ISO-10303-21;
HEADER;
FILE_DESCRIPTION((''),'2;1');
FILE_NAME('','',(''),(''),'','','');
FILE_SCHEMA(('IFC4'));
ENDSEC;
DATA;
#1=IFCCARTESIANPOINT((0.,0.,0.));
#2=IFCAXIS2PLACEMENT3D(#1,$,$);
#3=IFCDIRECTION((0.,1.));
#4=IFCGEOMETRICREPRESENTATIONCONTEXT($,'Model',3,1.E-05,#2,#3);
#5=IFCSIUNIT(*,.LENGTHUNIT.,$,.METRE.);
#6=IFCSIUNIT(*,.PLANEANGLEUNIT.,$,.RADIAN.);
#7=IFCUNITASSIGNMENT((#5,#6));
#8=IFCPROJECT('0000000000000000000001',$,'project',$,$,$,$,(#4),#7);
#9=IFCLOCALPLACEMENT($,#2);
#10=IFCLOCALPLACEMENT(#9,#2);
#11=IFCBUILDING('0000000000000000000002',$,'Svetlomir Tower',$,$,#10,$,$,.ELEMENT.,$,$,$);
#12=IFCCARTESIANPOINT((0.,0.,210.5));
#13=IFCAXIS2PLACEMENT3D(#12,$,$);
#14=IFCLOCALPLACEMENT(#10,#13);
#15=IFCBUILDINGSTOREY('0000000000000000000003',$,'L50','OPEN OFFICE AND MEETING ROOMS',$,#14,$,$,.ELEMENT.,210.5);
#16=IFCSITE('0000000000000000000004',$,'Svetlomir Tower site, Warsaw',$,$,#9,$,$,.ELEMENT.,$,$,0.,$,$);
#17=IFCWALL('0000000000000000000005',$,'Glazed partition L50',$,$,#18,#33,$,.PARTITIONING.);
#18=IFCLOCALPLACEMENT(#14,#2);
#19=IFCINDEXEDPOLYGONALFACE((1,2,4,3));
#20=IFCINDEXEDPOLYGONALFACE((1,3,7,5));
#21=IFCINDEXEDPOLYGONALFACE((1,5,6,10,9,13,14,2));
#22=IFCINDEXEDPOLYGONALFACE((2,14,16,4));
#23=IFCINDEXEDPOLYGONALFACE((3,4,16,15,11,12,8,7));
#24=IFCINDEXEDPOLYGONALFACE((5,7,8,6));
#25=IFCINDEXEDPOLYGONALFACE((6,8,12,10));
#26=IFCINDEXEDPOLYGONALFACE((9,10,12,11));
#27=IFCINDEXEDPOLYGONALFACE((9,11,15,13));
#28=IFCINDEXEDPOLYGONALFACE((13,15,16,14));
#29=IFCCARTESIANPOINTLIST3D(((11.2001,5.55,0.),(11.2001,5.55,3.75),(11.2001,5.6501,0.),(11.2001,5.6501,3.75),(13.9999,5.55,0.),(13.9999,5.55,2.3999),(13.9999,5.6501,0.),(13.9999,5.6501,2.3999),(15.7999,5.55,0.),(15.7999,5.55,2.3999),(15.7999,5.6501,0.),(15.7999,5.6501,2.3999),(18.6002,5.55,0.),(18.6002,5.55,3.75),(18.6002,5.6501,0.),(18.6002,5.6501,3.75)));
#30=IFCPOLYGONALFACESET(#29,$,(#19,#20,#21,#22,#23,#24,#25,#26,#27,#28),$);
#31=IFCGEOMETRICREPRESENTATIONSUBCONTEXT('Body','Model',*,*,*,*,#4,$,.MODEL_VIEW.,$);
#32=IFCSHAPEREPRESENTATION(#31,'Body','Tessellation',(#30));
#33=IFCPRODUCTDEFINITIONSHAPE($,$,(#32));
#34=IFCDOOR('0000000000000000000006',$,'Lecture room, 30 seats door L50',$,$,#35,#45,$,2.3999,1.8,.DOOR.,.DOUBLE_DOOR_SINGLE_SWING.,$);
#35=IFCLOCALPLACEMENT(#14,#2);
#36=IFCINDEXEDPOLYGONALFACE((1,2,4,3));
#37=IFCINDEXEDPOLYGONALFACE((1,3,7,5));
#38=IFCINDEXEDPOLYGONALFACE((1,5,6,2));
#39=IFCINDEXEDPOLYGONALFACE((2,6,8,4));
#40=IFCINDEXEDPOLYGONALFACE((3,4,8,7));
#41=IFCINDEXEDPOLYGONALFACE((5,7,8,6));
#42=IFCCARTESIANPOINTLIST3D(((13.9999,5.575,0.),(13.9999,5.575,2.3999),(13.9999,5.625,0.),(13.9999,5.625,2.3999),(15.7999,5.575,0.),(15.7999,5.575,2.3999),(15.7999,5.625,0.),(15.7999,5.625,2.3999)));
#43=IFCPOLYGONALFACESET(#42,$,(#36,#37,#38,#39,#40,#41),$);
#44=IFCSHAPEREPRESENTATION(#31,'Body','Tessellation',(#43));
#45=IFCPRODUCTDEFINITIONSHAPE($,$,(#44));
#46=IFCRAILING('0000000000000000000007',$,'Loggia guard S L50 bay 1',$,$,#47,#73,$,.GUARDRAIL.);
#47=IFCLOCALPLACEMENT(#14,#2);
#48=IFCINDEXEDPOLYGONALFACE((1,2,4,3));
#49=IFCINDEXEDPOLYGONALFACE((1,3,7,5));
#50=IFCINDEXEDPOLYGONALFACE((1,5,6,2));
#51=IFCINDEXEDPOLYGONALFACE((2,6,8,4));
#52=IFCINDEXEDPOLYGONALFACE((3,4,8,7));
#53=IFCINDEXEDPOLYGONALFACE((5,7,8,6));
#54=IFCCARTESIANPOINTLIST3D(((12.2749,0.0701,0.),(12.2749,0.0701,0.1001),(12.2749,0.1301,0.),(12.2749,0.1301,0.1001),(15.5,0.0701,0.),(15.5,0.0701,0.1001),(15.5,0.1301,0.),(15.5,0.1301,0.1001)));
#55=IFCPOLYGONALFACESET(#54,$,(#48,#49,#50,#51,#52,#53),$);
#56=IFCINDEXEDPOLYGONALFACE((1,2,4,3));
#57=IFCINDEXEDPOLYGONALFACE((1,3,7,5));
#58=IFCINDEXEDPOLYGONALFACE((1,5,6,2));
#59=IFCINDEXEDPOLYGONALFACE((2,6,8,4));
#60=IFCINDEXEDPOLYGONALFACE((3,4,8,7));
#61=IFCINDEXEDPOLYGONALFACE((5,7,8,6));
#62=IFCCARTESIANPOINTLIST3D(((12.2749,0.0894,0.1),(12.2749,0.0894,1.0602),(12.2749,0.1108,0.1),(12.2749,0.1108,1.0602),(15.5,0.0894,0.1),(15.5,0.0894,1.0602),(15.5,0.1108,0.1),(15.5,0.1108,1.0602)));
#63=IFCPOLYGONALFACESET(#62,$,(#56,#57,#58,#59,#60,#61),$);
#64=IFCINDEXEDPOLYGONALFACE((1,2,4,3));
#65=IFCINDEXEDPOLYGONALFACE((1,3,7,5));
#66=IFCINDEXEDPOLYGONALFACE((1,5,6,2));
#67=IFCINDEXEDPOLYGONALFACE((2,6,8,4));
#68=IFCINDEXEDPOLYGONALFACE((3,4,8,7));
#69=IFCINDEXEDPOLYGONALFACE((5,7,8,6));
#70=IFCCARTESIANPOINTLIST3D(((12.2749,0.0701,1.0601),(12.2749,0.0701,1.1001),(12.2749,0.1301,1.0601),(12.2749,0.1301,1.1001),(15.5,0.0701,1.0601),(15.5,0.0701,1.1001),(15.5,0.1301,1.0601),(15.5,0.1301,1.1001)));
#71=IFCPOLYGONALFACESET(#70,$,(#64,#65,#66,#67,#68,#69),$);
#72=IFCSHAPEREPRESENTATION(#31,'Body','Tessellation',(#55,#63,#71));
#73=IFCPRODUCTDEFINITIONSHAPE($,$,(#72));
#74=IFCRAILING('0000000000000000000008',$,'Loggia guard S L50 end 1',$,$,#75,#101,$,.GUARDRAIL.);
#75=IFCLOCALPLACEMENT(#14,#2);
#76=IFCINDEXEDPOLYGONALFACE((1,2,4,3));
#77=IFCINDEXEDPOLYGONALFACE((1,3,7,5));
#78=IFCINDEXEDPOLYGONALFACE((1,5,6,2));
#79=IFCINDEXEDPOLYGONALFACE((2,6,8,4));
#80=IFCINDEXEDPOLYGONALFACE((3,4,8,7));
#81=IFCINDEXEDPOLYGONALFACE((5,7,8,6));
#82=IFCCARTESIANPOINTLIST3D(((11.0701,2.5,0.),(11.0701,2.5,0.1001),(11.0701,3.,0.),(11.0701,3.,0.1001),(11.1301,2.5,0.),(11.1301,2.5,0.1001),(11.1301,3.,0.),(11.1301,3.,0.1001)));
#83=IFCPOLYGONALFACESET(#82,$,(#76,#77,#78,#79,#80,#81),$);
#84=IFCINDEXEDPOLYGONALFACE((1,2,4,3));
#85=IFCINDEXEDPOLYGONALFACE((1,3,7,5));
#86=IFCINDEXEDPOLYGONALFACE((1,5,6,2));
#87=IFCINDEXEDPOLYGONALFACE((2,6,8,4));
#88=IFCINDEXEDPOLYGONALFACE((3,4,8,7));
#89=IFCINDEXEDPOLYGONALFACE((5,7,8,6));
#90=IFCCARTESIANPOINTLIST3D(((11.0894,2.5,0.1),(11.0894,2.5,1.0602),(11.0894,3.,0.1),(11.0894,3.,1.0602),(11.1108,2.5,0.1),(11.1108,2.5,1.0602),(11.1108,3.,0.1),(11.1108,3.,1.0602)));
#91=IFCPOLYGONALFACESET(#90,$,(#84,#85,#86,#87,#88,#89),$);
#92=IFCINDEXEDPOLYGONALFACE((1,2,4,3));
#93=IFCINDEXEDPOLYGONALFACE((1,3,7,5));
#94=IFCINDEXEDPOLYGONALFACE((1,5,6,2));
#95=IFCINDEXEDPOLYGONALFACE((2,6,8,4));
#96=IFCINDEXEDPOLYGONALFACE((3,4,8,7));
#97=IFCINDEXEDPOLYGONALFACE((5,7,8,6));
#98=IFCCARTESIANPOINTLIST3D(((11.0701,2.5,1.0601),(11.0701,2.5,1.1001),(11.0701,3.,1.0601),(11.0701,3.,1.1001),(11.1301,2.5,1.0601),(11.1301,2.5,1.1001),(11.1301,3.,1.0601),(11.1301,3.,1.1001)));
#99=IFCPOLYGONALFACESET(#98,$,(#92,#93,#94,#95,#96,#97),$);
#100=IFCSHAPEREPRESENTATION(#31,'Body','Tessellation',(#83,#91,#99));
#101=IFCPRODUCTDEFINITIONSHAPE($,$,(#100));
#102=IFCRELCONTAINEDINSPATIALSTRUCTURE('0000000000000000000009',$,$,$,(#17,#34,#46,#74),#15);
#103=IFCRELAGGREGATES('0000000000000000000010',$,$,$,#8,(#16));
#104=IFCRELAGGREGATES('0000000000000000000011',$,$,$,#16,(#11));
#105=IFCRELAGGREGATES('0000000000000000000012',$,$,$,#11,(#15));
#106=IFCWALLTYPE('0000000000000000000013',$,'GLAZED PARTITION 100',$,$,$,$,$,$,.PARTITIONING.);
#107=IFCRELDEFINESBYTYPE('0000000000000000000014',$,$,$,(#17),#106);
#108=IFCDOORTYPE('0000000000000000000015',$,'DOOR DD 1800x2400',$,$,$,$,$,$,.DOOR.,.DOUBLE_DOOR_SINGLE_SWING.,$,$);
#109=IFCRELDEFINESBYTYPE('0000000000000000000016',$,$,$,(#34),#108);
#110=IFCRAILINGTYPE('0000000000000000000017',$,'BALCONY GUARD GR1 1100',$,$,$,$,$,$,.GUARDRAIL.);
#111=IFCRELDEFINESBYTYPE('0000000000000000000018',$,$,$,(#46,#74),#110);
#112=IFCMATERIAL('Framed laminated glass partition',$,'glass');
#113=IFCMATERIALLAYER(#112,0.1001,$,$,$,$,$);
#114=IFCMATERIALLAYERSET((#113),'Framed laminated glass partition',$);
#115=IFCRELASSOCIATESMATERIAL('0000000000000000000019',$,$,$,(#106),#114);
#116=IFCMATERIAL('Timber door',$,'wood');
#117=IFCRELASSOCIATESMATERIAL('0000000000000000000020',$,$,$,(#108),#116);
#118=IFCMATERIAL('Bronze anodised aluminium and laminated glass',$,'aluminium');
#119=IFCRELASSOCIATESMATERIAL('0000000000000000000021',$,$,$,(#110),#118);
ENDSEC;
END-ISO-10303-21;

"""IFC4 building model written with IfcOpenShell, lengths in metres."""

from ifc_helpers import new_model, si_unit, direction, frame, frame_2d, origin, origin_2d, place, context, subcontext, project, spatial, rectangle, extrude, material, layer, layer_set, type_object, element, fill, save


model = new_model("IFC4")

# Units and contexts
model_context = context("Model", 3, precision=1e-05, world=origin(), true_north=direction((0.0, 1.0)))
body_context = subcontext(model_context, "Body", "Model", "MODEL_VIEW")
ifc_project = project(units=[si_unit("LENGTHUNIT", "METRE"), si_unit("PLANEANGLEUNIT", "RADIAN")], contexts=[model_context])

# Site, building, storey
site_placement = place(None, origin())
site = spatial("IfcSite", under=ifc_project, at=site_placement, Name="Svetlomir Tower site, Warsaw", CompositionType="ELEMENT", RefElevation=0.0)
building_placement = place(site_placement, origin())
building = spatial("IfcBuilding", under=site, at=building_placement, Name="Svetlomir Tower", CompositionType="ELEMENT")
storey_placement = place(building_placement, frame((0.0, 0.0, 210.5)))
storey = spatial("IfcBuildingStorey", under=building, at=storey_placement, Name="L50", Description="OPEN OFFICE AND MEETING ROOMS", CompositionType="ELEMENT", Elevation=210.5)

# Shared definitions
ifc_material_1 = material(Name="Framed laminated glass partition", Category="glass")
ifc_layer_1 = layer(ifc_material_1, 0.1001)
ifc_layer_set_1 = layer_set([ifc_layer_1], Name="Framed laminated glass partition")
wall_type = type_object("IfcWallType", Name="GLAZED PARTITION 100", PredefinedType="PARTITIONING", material=ifc_layer_set_1)

# Wall, opening, door
wall_1_placement = place(storey_placement, frame((11.2, 5.6001, 0.0), z_axis=(0.0, 0.0, 1.0), x_axis=(1.0, 0.0, 0.0)))
wall_1 = element("IfcWall", 1, at=wall_1_placement, inside=storey, type_object=wall_type, Name="Glazed partition L50", PredefinedType="PARTITIONING", context=body_context, shape_type="SweptSolid", body=[
    extrude(rectangle(XDim=7.4001, YDim=0.1001, at=frame_2d((3.7002, 0.0))), origin(), (0.0, 0.0, 1.0), 3.75),
])
opening_placement = place(wall_1_placement, frame((2.8, 0.0, 0.0)))
opening = element("IfcOpeningElement", 2, at=opening_placement, cuts=wall_1, PredefinedType="OPENING", context=body_context, shape_type="SweptSolid", body=[
    extrude(rectangle(XDim=1.8, YDim=2.3999, at=frame_2d((0.8999, 1.2))), frame((0.0, 0.0601, 0.0), z_axis=(0.0, -1.0, 0.0), x_axis=(1.0, 0.0, 0.0)), (0.0, 0.0, 1.0), 0.1201),
])
ifc_material_2 = material(Name="Timber door", Category="wood")
door_type = type_object("IfcDoorType", Name="DOOR DD 1800x2400", OperationType="DOUBLE_DOOR_SINGLE_SWING", PredefinedType="DOOR", material=ifc_material_2)
door_placement = place(opening_placement, origin())
door = element("IfcDoor", 3, at=door_placement, inside=storey, type_object=door_type, Name="Lecture room, 30 seats door L50", OperationType="DOUBLE_DOOR_SINGLE_SWING", OverallHeight=2.3999, OverallWidth=1.8, PredefinedType="DOOR", context=body_context, shape_type="SweptSolid", body=[
    extrude(rectangle(XDim=1.8, YDim=2.3999, at=frame_2d((0.8999, 1.2))), frame((0.0, 0.0249, 0.0), z_axis=(0.0, -1.0, 0.0), x_axis=(1.0, 0.0, 0.0)), (0.0, 0.0, 1.0), 0.05),
])
fill(opening, door)

# Railings
ifc_material_3 = material(Name="Bronze anodised aluminium and laminated glass", Category="aluminium")
railing_type = type_object("IfcRailingType", Name="BALCONY GUARD GR1 1100", PredefinedType="GUARDRAIL", material=ifc_material_3)
railing_1_placement = place(storey_placement, frame((12.2749, 0.1001, 0.0)))
element("IfcRailing", 4, at=railing_1_placement, inside=storey, type_object=railing_type, Name="Loggia guard S L50 bay 1", PredefinedType="GUARDRAIL", context=body_context, shape_type="SweptSolid", body=[
    extrude(rectangle(XDim=0.0601, YDim=0.1001, at=origin_2d()), frame((0.0, 0.0, 0.05), z_axis=(1.0, 0.0, 0.0), x_axis=(0.0, 1.0, 0.0)), (0.0, 0.0, 1.0), 3.2251),
    extrude(rectangle(XDim=0.0215, YDim=0.9602, at=origin_2d()), frame((0.0, 0.0, 0.5801), z_axis=(1.0, 0.0, 0.0), x_axis=(0.0, 1.0, 0.0)), (0.0, 0.0, 1.0), 3.2251),
    extrude(rectangle(XDim=0.0601, YDim=0.04, at=origin_2d()), frame((0.0, 0.0, 1.0801), z_axis=(1.0, 0.0, 0.0), x_axis=(0.0, 1.0, 0.0)), (0.0, 0.0, 1.0), 3.2251),
])
railing_2_placement = place(storey_placement, frame((11.1001, 2.5, 0.0)))
element("IfcRailing", 5, at=railing_2_placement, inside=storey, type_object=railing_type, Name="Loggia guard S L50 end 1", PredefinedType="GUARDRAIL", context=body_context, shape_type="SweptSolid", body=[
    extrude(rectangle(XDim=0.0601, YDim=0.1001, at=origin_2d()), frame((0.0, 0.0, 0.05), z_axis=(0.0, 1.0, 0.0), x_axis=(-1.0, 0.0, 0.0)), (0.0, 0.0, 1.0), 0.5),
    extrude(rectangle(XDim=0.0215, YDim=0.9602, at=origin_2d()), frame((0.0, 0.0, 0.5801), z_axis=(0.0, 1.0, 0.0), x_axis=(-1.0, 0.0, 0.0)), (0.0, 0.0, 1.0), 0.5),
    extrude(rectangle(XDim=0.0601, YDim=0.04, at=origin_2d()), frame((0.0, 0.0, 1.0801), z_axis=(0.0, 1.0, 0.0), x_axis=(-1.0, 0.0, 0.0)), (0.0, 0.0, 1.0), 0.5),
])

save(model, "model.ifc")
